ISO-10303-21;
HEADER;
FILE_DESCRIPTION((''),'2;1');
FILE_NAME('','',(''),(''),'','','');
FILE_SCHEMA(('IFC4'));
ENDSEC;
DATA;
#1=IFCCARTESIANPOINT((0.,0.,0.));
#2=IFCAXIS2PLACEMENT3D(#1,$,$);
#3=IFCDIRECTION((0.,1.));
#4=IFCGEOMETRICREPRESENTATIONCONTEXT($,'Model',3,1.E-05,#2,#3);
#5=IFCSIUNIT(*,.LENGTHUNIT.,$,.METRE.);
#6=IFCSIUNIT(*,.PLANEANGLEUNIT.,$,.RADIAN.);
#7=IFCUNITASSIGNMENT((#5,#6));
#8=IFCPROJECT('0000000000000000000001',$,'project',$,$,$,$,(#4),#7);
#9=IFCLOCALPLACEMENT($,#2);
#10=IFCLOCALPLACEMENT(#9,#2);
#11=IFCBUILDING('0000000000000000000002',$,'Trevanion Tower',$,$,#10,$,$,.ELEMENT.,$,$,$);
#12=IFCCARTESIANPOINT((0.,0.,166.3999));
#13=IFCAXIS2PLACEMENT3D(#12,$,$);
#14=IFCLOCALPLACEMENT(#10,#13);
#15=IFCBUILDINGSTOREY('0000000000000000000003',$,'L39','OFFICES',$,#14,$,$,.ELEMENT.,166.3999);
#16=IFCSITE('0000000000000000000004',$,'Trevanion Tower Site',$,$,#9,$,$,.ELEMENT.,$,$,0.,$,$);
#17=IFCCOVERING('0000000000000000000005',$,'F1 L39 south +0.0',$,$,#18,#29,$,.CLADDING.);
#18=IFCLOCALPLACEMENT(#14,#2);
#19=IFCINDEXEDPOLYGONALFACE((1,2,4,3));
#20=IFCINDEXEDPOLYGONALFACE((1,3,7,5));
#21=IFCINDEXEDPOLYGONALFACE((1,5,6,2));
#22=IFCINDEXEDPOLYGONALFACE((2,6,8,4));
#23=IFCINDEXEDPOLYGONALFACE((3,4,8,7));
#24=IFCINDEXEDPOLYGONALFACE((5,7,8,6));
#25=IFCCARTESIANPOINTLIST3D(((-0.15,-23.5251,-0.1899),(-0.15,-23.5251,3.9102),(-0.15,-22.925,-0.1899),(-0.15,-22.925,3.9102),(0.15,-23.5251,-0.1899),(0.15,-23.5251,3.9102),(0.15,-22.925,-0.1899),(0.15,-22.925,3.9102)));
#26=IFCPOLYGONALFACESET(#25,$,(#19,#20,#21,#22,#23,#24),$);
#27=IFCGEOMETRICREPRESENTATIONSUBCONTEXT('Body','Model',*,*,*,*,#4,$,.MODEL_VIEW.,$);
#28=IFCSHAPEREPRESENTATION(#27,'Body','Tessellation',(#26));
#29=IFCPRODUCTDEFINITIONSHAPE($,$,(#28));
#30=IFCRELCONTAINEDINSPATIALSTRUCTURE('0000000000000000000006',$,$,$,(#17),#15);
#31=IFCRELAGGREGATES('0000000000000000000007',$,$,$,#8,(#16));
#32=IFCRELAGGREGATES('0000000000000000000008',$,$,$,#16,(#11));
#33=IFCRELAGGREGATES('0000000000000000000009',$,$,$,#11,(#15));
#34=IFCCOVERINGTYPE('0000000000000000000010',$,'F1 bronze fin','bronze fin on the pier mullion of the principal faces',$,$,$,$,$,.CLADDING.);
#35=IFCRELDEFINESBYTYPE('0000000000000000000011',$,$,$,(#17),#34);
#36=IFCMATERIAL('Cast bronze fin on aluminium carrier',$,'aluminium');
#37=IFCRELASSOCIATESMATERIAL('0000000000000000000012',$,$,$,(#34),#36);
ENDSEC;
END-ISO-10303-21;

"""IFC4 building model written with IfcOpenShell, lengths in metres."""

from ifc_helpers import new_model, si_unit, direction, frame, origin, origin_2d, place, context, subcontext, project, spatial, rectangle, extrude, material, type_object, element, save


model = new_model("IFC4")

# Units and contexts
model_context = context("Model", 3, precision=1e-05, world=origin(), true_north=direction((0.0, 1.0)))
body_context = subcontext(model_context, "Body", "Model", "MODEL_VIEW")
ifc_project = project(units=[si_unit("LENGTHUNIT", "METRE"), si_unit("PLANEANGLEUNIT", "RADIAN")], contexts=[model_context])

# Site, building, storey
site_placement = place(None, origin())
site = spatial("IfcSite", under=ifc_project, at=site_placement, Name="Trevanion Tower Site", CompositionType="ELEMENT", RefElevation=0.0)
building_placement = place(site_placement, origin())
building = spatial("IfcBuilding", under=site, at=building_placement, Name="Trevanion Tower", CompositionType="ELEMENT")
storey_placement = place(building_placement, frame((0.0, 0.0, 166.3999)))
storey = spatial("IfcBuildingStorey", under=building, at=storey_placement, Name="L39", Description="OFFICES", CompositionType="ELEMENT", Elevation=166.3999)

# Covering
ifc_material_1 = material(Name="Cast bronze fin on aluminium carrier", Category="aluminium")
covering_type = type_object("IfcCoveringType", Name="F1 bronze fin", Description="bronze fin on the pier mullion of the principal faces", PredefinedType="CLADDING", material=ifc_material_1)
covering_placement = place(storey_placement, frame((0.0, -23.2251, -0.1899), z_axis=(0.0, 0.0, 1.0), x_axis=(1.0, 0.0, 0.0)))
element("IfcCovering", 1, at=covering_placement, inside=storey, type_object=covering_type, Name="F1 L39 south +0.0", PredefinedType="CLADDING", context=body_context, shape_type="SweptSolid", body=[
    extrude(rectangle(XDim=0.3, YDim=0.6001, at=origin_2d()), origin(), (0.0, 0.0, 1.0), 4.1001),
])

save(model, "model.ifc")
